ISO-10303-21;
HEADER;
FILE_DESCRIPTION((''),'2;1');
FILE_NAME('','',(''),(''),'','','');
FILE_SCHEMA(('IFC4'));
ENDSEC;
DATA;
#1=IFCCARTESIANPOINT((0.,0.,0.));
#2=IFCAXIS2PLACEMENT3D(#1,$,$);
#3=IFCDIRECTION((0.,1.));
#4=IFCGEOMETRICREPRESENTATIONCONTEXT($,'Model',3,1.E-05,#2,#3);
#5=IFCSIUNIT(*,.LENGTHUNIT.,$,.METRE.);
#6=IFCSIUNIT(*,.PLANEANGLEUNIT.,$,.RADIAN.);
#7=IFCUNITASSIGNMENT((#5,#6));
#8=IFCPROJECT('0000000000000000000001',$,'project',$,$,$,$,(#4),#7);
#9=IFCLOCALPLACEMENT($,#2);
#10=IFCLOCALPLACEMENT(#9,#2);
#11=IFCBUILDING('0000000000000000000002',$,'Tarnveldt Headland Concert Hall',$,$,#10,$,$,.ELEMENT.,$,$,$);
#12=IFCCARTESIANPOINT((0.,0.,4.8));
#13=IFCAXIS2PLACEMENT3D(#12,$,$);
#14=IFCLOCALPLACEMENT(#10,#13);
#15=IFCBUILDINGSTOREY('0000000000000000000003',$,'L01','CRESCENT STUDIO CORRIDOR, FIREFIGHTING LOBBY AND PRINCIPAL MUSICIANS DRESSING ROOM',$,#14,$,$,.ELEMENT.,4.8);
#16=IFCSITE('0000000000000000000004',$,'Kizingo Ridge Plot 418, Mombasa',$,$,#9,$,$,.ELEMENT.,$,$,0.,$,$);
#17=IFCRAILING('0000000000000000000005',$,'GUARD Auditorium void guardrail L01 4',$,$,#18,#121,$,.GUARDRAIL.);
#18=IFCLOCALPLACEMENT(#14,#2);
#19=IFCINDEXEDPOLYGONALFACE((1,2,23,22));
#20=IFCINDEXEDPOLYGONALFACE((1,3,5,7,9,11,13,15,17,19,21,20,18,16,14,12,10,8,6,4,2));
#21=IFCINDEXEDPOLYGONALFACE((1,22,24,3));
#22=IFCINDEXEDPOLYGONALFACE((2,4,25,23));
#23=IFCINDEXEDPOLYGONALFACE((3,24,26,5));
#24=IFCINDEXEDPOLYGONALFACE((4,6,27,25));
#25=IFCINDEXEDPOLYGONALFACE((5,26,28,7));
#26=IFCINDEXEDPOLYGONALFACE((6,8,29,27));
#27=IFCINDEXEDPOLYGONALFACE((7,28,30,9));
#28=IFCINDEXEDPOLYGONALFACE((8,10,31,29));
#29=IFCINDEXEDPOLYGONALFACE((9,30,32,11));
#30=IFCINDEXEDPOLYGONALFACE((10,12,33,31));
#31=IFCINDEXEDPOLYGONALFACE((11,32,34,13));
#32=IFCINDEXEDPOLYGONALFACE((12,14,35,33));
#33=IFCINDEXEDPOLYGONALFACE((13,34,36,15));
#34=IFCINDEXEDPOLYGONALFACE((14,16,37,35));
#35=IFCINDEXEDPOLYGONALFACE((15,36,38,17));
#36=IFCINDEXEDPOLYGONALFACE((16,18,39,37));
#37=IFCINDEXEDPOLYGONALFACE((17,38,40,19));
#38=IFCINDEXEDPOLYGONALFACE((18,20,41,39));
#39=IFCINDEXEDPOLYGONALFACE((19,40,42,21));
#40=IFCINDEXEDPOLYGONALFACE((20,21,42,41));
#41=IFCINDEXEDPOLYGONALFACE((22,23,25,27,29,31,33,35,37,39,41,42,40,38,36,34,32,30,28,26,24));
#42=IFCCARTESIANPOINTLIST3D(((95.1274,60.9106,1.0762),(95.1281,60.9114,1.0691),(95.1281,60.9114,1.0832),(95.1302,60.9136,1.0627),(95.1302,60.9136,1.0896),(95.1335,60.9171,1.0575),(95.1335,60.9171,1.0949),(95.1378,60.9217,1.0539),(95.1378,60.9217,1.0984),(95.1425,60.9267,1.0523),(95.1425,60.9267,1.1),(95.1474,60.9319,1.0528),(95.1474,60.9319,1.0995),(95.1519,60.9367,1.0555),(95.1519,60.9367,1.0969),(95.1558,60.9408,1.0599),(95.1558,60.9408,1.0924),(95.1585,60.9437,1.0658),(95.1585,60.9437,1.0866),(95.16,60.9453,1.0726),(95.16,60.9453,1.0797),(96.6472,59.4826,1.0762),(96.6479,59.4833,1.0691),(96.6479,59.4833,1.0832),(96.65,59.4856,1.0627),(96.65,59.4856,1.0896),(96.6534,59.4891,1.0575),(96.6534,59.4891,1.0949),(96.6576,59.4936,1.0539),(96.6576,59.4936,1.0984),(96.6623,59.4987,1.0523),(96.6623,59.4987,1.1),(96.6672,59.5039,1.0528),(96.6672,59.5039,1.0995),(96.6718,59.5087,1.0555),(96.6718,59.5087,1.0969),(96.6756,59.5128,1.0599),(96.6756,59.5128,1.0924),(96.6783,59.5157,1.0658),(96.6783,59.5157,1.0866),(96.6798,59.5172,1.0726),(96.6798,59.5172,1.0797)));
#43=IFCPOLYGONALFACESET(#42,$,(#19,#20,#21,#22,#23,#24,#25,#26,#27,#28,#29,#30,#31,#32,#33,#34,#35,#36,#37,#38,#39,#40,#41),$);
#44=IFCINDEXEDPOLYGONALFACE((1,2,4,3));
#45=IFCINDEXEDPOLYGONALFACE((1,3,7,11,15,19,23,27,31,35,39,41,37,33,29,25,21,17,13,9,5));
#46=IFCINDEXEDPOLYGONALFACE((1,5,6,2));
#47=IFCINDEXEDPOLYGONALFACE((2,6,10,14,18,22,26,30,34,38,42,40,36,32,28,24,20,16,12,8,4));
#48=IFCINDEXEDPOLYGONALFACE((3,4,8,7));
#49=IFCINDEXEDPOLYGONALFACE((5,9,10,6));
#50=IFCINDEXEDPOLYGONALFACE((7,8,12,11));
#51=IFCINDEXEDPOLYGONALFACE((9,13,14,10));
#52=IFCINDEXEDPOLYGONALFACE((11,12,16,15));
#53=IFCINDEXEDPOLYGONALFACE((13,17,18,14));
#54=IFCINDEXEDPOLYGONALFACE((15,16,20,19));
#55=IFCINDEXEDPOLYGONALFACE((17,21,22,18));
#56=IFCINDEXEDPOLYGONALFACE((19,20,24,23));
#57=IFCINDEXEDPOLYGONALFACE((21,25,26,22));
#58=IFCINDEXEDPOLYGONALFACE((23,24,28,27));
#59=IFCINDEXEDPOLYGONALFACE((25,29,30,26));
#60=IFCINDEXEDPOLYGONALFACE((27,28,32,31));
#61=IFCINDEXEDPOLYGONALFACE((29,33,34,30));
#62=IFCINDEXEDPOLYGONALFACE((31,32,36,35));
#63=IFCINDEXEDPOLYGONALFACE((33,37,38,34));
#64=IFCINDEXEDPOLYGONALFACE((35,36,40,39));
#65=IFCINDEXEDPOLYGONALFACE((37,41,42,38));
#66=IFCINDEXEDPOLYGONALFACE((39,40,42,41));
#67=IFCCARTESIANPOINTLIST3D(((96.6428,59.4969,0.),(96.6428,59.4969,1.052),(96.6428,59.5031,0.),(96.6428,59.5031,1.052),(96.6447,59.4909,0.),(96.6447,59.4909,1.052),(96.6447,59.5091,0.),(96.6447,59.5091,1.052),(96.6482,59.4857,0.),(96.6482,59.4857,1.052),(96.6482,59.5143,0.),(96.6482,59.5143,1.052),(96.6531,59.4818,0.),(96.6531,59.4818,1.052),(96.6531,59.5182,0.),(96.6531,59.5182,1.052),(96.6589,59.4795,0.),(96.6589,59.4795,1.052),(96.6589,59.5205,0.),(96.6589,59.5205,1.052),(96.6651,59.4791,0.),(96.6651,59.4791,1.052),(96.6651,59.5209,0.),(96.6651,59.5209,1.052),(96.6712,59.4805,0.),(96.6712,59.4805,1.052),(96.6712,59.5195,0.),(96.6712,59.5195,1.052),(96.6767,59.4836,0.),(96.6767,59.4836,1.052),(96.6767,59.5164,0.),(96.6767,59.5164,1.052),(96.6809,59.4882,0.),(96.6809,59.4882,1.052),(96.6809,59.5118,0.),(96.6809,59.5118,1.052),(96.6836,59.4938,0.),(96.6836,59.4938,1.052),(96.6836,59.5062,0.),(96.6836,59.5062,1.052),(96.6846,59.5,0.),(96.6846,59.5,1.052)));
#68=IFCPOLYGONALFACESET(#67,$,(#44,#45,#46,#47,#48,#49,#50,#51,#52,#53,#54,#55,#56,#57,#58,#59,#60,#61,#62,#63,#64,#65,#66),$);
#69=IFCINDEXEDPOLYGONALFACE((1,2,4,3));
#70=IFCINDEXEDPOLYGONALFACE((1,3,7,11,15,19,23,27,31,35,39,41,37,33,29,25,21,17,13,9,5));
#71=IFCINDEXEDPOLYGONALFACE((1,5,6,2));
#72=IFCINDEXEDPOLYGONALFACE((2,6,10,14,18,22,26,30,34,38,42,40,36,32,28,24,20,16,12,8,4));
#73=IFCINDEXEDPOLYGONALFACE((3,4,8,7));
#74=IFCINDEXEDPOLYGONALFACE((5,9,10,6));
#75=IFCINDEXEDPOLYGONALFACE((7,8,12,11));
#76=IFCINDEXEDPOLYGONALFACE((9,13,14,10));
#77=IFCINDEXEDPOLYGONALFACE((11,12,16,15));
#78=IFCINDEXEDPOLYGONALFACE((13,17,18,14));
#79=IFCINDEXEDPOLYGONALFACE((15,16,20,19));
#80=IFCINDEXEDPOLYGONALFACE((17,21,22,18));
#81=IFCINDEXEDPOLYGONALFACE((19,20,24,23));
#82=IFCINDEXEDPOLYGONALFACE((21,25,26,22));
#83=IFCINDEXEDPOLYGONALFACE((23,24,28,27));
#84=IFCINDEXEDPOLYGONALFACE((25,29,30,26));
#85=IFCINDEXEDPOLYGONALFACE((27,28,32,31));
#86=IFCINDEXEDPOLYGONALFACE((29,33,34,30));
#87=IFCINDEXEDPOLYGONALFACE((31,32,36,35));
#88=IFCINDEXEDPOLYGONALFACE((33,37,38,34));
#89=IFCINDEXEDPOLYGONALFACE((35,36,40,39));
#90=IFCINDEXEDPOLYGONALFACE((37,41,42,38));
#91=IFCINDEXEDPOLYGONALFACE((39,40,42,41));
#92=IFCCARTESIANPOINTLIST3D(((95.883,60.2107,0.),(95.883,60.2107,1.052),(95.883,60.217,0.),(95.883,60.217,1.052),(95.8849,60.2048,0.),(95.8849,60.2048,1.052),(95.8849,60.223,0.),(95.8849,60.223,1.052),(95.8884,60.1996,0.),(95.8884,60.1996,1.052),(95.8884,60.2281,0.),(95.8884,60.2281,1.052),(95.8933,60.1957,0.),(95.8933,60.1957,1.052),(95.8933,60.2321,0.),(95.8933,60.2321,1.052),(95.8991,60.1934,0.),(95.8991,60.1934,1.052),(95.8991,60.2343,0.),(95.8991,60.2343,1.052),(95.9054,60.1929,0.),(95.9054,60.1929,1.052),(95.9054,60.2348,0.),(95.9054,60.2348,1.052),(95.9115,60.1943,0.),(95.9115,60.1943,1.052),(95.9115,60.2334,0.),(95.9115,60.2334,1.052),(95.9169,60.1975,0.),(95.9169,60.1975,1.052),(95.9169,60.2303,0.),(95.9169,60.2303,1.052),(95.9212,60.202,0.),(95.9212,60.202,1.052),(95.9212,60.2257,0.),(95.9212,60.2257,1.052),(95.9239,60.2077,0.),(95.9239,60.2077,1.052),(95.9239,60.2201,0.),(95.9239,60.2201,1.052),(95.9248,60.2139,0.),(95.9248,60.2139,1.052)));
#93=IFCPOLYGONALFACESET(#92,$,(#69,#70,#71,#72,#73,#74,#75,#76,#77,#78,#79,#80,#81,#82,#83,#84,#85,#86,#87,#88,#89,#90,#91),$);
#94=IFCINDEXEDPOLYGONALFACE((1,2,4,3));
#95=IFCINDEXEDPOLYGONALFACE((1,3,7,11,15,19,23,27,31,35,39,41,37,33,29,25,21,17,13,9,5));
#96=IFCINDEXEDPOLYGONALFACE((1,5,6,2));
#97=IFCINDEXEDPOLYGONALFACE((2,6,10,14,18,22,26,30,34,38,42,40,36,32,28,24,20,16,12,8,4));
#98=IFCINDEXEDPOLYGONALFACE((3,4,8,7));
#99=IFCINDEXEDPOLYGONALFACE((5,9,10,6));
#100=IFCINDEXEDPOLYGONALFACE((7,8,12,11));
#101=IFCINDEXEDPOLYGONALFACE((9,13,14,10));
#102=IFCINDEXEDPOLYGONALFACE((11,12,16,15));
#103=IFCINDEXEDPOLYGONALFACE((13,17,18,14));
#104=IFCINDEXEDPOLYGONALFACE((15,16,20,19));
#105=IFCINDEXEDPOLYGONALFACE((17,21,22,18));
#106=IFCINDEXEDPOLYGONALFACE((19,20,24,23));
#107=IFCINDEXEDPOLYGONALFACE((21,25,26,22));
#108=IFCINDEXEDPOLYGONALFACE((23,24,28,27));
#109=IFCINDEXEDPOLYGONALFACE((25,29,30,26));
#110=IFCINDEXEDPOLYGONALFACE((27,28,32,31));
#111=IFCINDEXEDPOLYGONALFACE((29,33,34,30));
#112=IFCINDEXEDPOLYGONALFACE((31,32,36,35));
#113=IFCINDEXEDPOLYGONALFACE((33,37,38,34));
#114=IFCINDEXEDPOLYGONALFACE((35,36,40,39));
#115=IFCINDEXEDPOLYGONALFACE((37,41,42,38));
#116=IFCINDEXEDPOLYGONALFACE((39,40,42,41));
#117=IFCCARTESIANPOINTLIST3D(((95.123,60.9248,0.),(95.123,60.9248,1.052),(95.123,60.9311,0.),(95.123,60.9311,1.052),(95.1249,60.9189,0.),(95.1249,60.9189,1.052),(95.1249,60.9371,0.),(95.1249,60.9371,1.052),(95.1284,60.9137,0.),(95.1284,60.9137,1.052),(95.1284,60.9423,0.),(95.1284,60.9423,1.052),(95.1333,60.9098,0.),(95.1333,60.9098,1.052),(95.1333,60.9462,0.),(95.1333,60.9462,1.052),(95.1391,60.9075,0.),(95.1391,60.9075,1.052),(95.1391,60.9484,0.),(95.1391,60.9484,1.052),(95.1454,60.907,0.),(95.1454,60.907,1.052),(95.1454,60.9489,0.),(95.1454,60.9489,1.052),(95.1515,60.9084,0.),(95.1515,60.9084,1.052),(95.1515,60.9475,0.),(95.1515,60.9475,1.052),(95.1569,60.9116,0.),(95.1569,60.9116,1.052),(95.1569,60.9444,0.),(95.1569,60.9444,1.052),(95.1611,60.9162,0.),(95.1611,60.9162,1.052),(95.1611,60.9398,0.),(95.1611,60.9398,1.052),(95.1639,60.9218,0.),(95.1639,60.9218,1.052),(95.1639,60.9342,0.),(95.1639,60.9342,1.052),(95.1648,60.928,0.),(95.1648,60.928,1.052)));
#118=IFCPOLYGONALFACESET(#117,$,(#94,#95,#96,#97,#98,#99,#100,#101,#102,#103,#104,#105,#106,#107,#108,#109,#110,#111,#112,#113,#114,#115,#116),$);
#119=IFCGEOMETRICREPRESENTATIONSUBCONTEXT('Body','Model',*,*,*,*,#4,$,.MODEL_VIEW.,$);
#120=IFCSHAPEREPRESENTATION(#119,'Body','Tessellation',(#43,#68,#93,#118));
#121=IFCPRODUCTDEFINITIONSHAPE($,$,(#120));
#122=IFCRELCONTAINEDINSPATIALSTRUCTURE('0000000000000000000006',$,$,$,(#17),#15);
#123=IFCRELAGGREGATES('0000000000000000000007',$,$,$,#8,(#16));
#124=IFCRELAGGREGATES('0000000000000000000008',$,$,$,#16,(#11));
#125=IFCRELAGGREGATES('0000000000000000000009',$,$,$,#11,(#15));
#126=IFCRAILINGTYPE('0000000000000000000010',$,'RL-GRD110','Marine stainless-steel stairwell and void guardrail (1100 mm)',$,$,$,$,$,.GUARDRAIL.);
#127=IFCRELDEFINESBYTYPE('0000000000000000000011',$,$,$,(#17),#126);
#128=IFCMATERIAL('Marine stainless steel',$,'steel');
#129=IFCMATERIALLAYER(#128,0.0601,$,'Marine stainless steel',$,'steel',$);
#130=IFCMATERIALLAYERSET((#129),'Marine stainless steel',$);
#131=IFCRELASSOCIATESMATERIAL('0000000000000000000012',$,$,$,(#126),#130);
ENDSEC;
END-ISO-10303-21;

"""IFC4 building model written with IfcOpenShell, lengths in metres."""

from ifc_helpers import new_model, si_unit, direction, frame, origin, origin_2d, place, context, subcontext, project, spatial, circle, extrude, material, layer, layer_set, type_object, element, save


model = new_model("IFC4")

# Units and contexts
model_context = context("Model", 3, precision=1e-05, world=origin(), true_north=direction((0.0, 1.0)))
body_context = subcontext(model_context, "Body", "Model", "MODEL_VIEW")
ifc_project = project(units=[si_unit("LENGTHUNIT", "METRE"), si_unit("PLANEANGLEUNIT", "RADIAN")], contexts=[model_context])

# Site, building, storey
site_placement = place(None, origin())
site = spatial("IfcSite", under=ifc_project, at=site_placement, Name="Kizingo Ridge Plot 418, Mombasa", CompositionType="ELEMENT", RefElevation=0.0)
building_placement = place(site_placement, origin())
building = spatial("IfcBuilding", under=site, at=building_placement, Name="Tarnveldt Headland Concert Hall", CompositionType="ELEMENT")
storey_placement = place(building_placement, frame((0.0, 0.0, 4.8)))
storey = spatial("IfcBuildingStorey", under=building, at=storey_placement, Name="L01", Description="CRESCENT STUDIO CORRIDOR, FIREFIGHTING LOBBY AND PRINCIPAL MUSICIANS DRESSING ROOM", CompositionType="ELEMENT", Elevation=4.8)

# Railing
ifc_material_1 = material(Name="Marine stainless steel", Category="steel")
ifc_layer_1 = layer(ifc_material_1, 0.0601, Name="Marine stainless steel", Category="steel")
ifc_layer_set_1 = layer_set([ifc_layer_1], Name="Marine stainless steel")
railing_type = type_object("IfcRailingType", Name="RL-GRD110", Description="Marine stainless-steel stairwell and void guardrail (1100 mm)", PredefinedType="GUARDRAIL", material=ifc_layer_set_1)
railing_1_placement = place(storey_placement, frame((96.6636, 59.5, 0.0)))
element("IfcRailing", 1, at=railing_1_placement, inside=storey, type_object=railing_type, Name="GUARD Auditorium void guardrail L01 4", PredefinedType="GUARDRAIL", context=body_context, shape_type="SweptSolid", body=[
    extrude(circle(Radius=0.0239, at=origin_2d()), frame((0.0, 0.0, 1.0762), z_axis=(-0.728774, 0.684755, 0.0), x_axis=(-0.684755, -0.728774, 0.0)), (0.0, 0.0, 1.0), 2.0854),
    extrude(circle(Radius=0.021, at=origin_2d()), origin(), (0.0, 0.0, 1.0), 1.052),
    extrude(circle(Radius=0.021, at=origin_2d()), frame((-0.7598, 0.7139, 0.0)), (0.0, 0.0, 1.0), 1.052),
    extrude(circle(Radius=0.021, at=origin_2d()), frame((-1.5198, 1.428, 0.0)), (0.0, 0.0, 1.0), 1.052),
])

save(model, "model.ifc")
